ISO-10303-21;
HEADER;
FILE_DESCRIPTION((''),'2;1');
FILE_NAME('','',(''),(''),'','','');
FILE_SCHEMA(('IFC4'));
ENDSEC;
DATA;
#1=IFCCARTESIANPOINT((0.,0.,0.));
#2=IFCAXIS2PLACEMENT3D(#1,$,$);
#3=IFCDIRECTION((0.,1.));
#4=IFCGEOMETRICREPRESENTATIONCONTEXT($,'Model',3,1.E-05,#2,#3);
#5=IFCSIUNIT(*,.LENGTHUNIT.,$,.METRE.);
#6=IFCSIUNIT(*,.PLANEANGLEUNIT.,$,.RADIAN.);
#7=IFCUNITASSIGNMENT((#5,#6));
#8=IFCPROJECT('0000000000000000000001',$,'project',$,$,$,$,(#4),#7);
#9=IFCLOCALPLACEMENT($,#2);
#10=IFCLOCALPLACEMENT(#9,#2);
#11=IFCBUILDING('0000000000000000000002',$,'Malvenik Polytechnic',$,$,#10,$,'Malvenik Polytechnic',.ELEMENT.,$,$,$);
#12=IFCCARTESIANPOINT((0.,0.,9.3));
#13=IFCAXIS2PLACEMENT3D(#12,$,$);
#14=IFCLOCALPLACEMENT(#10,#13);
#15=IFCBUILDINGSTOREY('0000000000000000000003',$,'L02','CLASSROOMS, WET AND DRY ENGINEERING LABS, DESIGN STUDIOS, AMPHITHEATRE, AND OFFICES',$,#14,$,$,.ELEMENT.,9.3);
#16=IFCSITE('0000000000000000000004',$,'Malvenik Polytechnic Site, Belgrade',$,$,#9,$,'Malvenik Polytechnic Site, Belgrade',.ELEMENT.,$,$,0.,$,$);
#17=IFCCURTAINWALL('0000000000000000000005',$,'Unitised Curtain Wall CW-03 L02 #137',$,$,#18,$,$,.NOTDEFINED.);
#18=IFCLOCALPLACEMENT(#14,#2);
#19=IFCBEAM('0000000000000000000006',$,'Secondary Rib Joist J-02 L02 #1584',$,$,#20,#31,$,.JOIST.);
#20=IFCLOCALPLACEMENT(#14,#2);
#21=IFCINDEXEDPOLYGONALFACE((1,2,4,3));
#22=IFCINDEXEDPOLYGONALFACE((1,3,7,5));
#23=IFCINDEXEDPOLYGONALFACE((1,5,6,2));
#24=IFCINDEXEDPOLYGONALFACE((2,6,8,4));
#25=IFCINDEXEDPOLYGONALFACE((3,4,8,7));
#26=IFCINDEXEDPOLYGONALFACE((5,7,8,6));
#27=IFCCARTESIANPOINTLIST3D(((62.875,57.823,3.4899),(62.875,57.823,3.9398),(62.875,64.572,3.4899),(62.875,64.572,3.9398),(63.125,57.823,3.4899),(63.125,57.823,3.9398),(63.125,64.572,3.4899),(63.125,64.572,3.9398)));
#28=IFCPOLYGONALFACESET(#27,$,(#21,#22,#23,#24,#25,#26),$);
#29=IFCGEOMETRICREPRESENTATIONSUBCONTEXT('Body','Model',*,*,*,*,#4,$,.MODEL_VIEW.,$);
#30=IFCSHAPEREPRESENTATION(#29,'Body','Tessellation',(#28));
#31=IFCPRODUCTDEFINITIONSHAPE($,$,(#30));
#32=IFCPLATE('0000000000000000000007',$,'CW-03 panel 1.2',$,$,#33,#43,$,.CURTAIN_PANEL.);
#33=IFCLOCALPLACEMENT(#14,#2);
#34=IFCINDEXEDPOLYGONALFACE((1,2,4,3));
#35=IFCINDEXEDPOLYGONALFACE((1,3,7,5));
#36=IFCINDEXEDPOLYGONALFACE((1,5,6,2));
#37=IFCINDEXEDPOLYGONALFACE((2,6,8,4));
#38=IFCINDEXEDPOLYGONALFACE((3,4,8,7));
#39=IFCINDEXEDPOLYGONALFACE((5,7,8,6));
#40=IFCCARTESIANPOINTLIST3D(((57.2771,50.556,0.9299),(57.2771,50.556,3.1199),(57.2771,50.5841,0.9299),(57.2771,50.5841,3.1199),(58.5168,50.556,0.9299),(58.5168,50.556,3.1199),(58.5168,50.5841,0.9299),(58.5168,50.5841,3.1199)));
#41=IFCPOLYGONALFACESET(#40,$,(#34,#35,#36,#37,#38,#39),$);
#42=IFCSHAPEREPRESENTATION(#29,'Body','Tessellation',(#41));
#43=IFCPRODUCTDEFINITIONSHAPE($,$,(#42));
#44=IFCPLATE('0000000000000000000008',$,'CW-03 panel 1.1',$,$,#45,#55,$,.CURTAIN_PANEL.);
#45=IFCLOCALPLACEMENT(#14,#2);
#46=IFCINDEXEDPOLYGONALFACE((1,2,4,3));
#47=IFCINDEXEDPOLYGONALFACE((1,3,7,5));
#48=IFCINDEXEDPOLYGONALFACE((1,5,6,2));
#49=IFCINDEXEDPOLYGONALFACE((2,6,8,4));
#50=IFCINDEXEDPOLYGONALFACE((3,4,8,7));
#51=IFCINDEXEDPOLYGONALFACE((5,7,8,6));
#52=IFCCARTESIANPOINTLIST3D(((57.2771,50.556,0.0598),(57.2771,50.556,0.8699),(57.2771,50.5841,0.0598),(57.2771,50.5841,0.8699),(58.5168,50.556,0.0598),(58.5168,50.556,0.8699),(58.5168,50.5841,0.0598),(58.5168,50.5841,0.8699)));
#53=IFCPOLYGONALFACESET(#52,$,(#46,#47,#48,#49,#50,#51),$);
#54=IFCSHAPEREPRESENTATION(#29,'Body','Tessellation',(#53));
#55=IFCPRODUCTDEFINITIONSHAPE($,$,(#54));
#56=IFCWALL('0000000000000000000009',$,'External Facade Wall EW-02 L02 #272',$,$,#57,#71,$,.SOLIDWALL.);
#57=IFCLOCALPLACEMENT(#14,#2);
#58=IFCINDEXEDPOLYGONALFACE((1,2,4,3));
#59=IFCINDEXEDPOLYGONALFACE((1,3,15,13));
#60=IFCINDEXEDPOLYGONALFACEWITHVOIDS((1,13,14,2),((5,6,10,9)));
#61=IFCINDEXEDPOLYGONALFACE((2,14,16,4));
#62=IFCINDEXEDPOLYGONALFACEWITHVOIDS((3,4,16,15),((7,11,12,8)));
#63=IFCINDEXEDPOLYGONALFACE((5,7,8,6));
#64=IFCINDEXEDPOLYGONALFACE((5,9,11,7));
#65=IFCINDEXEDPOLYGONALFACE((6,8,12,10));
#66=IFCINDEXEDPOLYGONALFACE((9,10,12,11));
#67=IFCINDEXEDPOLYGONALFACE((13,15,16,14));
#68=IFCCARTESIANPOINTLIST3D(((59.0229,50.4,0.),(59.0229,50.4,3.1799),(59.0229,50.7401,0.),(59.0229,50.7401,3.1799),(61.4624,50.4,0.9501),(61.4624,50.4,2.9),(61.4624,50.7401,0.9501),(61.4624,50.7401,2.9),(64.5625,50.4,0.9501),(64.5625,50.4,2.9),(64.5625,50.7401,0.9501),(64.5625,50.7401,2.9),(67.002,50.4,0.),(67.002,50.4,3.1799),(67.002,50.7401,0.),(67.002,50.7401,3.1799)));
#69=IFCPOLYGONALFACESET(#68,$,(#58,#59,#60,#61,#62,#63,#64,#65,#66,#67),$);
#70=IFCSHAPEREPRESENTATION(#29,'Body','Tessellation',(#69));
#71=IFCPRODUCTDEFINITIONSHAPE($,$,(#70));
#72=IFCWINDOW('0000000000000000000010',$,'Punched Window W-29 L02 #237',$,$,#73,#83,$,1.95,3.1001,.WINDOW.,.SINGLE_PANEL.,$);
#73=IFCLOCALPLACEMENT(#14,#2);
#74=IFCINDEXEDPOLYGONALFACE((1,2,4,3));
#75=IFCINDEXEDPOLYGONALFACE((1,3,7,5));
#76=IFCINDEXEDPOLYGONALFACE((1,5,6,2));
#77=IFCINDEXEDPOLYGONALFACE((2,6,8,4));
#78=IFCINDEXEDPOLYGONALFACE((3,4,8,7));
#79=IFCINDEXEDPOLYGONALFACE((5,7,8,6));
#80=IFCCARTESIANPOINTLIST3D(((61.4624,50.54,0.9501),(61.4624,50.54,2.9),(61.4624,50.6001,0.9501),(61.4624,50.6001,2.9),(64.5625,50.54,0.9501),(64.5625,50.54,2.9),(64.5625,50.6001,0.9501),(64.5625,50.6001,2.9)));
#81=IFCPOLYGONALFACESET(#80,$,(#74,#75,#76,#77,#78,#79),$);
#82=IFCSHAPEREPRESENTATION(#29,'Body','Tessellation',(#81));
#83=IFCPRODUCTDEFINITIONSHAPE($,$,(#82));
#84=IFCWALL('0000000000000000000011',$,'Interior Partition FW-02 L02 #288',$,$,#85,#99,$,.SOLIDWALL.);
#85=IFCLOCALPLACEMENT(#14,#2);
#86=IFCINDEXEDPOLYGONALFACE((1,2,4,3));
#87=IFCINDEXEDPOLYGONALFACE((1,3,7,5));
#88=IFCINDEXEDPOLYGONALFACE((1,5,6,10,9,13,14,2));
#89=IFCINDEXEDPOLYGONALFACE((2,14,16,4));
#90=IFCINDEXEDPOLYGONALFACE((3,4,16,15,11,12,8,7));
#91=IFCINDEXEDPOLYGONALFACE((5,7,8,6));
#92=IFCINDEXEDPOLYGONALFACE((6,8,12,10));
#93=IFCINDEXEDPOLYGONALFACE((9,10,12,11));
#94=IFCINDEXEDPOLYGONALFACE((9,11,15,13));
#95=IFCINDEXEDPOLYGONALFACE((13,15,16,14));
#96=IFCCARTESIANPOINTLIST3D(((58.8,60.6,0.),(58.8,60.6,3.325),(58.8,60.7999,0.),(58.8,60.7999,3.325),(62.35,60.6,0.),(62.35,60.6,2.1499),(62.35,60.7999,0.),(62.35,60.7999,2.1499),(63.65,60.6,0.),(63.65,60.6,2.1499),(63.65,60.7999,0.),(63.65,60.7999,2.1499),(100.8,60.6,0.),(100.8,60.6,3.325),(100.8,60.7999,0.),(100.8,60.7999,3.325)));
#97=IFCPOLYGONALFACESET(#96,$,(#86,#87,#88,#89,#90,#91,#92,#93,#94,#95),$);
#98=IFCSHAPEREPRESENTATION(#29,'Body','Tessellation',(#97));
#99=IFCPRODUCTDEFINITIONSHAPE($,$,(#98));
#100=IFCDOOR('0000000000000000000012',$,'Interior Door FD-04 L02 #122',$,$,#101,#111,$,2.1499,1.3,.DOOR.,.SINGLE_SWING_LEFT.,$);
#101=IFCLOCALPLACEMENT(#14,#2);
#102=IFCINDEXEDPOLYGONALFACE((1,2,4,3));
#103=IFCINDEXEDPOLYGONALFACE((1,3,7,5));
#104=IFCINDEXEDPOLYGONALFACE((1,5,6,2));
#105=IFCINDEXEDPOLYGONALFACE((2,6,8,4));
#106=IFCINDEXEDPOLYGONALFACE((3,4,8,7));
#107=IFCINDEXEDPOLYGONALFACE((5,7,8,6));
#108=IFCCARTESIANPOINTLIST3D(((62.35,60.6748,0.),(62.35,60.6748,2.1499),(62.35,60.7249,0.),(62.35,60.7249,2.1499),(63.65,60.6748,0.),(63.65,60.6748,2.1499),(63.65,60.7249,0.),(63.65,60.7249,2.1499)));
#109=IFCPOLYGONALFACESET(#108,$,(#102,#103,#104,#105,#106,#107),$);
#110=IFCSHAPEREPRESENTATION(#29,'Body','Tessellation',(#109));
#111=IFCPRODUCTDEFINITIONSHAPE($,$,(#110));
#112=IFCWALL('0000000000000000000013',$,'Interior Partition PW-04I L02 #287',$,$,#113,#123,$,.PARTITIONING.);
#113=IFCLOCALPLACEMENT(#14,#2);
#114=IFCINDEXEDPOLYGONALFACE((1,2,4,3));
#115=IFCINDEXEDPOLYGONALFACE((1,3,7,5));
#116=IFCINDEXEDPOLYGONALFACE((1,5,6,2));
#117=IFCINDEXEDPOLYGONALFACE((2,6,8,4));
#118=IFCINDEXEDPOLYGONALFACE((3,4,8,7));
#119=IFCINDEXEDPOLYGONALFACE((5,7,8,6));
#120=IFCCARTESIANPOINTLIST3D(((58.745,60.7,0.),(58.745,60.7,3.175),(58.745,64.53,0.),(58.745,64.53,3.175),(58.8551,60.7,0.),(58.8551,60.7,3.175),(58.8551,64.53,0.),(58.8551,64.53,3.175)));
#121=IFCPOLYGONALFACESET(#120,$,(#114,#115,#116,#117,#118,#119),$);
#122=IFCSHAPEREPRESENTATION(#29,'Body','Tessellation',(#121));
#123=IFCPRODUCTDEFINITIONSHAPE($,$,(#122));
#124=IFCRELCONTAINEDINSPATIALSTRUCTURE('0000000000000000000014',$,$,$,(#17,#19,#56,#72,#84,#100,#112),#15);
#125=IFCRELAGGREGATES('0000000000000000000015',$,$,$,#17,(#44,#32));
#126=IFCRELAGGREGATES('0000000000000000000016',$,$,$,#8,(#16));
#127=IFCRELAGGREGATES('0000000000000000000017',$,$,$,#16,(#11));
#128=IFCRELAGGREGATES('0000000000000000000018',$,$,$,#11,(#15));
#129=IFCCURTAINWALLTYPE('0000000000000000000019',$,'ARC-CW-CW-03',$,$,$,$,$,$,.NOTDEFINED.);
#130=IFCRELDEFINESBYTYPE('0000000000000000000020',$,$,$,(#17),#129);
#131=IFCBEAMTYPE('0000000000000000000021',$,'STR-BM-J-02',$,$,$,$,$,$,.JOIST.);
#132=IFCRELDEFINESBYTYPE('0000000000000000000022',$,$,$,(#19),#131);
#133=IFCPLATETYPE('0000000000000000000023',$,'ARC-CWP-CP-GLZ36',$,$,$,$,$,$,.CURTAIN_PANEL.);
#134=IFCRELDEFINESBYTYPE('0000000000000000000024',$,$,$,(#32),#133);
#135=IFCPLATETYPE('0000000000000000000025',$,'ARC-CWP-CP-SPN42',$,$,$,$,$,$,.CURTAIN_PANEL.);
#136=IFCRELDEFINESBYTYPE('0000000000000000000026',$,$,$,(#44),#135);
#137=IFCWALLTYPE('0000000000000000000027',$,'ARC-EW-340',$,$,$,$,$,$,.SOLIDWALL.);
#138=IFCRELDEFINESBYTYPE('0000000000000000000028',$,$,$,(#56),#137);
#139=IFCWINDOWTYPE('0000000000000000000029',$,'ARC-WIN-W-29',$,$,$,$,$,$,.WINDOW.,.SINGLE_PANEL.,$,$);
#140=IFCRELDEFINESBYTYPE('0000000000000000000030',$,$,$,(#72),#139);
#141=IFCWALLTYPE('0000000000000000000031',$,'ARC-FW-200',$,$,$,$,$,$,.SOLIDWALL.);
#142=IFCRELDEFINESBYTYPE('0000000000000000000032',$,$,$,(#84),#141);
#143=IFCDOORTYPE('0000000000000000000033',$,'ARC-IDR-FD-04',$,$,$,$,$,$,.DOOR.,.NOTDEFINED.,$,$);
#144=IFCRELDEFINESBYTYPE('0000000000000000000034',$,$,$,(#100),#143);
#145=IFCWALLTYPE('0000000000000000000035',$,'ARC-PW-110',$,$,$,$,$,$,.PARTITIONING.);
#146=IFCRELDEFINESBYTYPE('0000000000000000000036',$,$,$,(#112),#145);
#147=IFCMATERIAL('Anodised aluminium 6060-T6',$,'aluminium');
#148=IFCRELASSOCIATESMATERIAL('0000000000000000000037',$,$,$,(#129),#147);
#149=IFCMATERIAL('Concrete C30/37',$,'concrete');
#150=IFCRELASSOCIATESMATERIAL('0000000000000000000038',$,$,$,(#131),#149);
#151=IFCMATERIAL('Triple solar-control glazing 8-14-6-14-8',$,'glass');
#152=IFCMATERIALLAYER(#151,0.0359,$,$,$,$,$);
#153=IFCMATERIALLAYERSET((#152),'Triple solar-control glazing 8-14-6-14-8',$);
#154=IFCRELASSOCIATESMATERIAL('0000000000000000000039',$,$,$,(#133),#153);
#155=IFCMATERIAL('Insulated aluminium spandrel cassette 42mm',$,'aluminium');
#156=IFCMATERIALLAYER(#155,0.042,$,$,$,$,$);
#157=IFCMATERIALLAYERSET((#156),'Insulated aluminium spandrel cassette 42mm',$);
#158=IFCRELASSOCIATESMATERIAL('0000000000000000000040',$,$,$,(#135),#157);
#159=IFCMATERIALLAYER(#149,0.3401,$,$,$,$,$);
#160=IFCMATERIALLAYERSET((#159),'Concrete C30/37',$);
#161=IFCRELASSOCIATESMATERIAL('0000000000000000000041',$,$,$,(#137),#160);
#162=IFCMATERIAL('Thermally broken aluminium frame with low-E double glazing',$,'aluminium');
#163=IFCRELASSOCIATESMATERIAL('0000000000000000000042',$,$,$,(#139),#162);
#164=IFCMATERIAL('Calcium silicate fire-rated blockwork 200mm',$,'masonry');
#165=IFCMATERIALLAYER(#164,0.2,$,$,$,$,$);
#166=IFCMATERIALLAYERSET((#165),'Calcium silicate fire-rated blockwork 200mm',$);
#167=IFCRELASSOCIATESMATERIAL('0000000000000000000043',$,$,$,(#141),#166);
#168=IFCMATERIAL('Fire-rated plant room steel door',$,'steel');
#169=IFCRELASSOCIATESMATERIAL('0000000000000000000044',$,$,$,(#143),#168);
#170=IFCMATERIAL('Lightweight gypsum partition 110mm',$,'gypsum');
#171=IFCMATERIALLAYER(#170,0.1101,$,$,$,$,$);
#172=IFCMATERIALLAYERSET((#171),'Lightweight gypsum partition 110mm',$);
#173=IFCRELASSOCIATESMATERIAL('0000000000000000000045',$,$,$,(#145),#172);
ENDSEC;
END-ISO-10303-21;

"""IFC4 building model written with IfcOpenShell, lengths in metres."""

from ifc_helpers import new_model, si_unit, direction, frame, frame_2d, origin, origin_2d, place, context, subcontext, project, spatial, rectangle, extrude, material, layer, layer_set, material_profile, profile_set, type_object, element, fill, aggregate, save


model = new_model("IFC4")

# Units and contexts
model_context = context("Model", 3, precision=1e-05, world=origin(), true_north=direction((0.0, 1.0)))
body_context = subcontext(model_context, "Body", "Model", "MODEL_VIEW")
ifc_project = project(units=[si_unit("LENGTHUNIT", "METRE"), si_unit("PLANEANGLEUNIT", "RADIAN")], contexts=[model_context])

# Site, building, storey
site_placement = place(None, origin())
site = spatial("IfcSite", under=ifc_project, at=site_placement, Name="Malvenik Polytechnic Site, Belgrade", LongName="Malvenik Polytechnic Site, Belgrade", CompositionType="ELEMENT", RefElevation=0.0)
building_placement = place(site_placement, origin())
building = spatial("IfcBuilding", under=site, at=building_placement, Name="Malvenik Polytechnic", LongName="Malvenik Polytechnic", CompositionType="ELEMENT")
storey_placement = place(building_placement, frame((0.0, 0.0, 9.3)))
storey = spatial("IfcBuildingStorey", under=building, at=storey_placement, Name="L02", Description="CLASSROOMS, WET AND DRY ENGINEERING LABS, DESIGN STUDIOS, AMPHITHEATRE, AND OFFICES", CompositionType="ELEMENT", Elevation=9.3)

# Curtain wall
ifc_material_1 = material(Name="Anodised aluminium 6060-T6", Category="aluminium")
curtain_wall_type = type_object("IfcCurtainWallType", Name="ARC-CW-CW-03", PredefinedType="NOTDEFINED", material=ifc_material_1)
curtain_wall_placement = place(storey_placement, origin())
curtain_wall = element("IfcCurtainWall", 1, at=curtain_wall_placement, inside=storey, type_object=curtain_wall_type, Name="Unitised Curtain Wall CW-03 L02 #137", PredefinedType="NOTDEFINED")

# Beam
ifc_material_2 = material(Name="Concrete C30/37", Category="concrete")
ifc_material_profile_1 = material_profile(ifc_material_2, rectangle(XDim=0.25, YDim=0.45, at=origin_2d()), Name="RC JST 250x450")
ifc_profile_set_1 = profile_set([ifc_material_profile_1], Name="Concrete C30/37")
beam_type_1 = type_object("IfcBeamType", Name="STR-BM-J-02", PredefinedType="JOIST", material=ifc_profile_set_1)
for number, where, z_axis, x_axis, name in (
    (2, (63.0, 57.823, 3.7148), (0.0, 1.0, 0.0), (-1.0, 0.0, 0.0), "Secondary Rib Joist J-02 L02 #1584"),
):
    element("IfcBeam", number, at=place(storey_placement, frame(where, z_axis=z_axis, x_axis=x_axis)), inside=storey, type_object=beam_type_1, Name=name, PredefinedType="JOIST", context=body_context, shape_type="SweptSolid", body=[
        extrude(rectangle(XDim=0.25, YDim=0.45, at=origin_2d()), origin(), (0.0, 0.0, 1.0), 6.749),
    ])

# Plates
ifc_material_3 = material(Name="Triple solar-control glazing 8-14-6-14-8", Category="glass")
ifc_layer_1 = layer(ifc_material_3, 0.0359)
ifc_layer_set_1 = layer_set([ifc_layer_1], Name="Triple solar-control glazing 8-14-6-14-8")
plate_type_1 = type_object("IfcPlateType", Name="ARC-CWP-CP-GLZ36", PredefinedType="CURTAIN_PANEL", material=ifc_layer_set_1)
plate_1_placement = place(storey_placement, frame((57.897, 50.5701, 0.9299), z_axis=(0.0, 0.0, 1.0), x_axis=(-1.0, 0.0, 0.0)))
plate_1 = element("IfcPlate", 3, at=plate_1_placement, type_object=plate_type_1, Name="CW-03 panel 1.2", PredefinedType="CURTAIN_PANEL", context=body_context, shape_type="SweptSolid", body=[
    extrude(rectangle(XDim=1.2397, YDim=0.0281, at=origin_2d()), origin(), (0.0, 0.0, 1.0), 2.1899),
])
ifc_material_4 = material(Name="Insulated aluminium spandrel cassette 42mm", Category="aluminium")
ifc_layer_2 = layer(ifc_material_4, 0.042)
ifc_layer_set_2 = layer_set([ifc_layer_2], Name="Insulated aluminium spandrel cassette 42mm")
plate_type_2 = type_object("IfcPlateType", Name="ARC-CWP-CP-SPN42", PredefinedType="CURTAIN_PANEL", material=ifc_layer_set_2)
plate_2_placement = place(storey_placement, frame((57.897, 50.5701, 0.0598), z_axis=(0.0, 0.0, 1.0), x_axis=(-1.0, 0.0, 0.0)))
plate_2 = element("IfcPlate", 4, at=plate_2_placement, type_object=plate_type_2, Name="CW-03 panel 1.1", PredefinedType="CURTAIN_PANEL", context=body_context, shape_type="SweptSolid", body=[
    extrude(rectangle(XDim=1.2397, YDim=0.0281, at=origin_2d()), origin(), (0.0, 0.0, 1.0), 0.8101),
])
aggregate(curtain_wall, [plate_2, plate_1])

# Wall, opening, window
ifc_layer_3 = layer(ifc_material_2, 0.3401)
ifc_layer_set_3 = layer_set([ifc_layer_3], Name="Concrete C30/37")
wall_type_1 = type_object("IfcWallType", Name="ARC-EW-340", PredefinedType="SOLIDWALL", material=ifc_layer_set_3)
wall_1_placement = place(storey_placement, frame((67.002, 50.5701, 0.0), z_axis=(0.0, 0.0, 1.0), x_axis=(-1.0, 0.0, 0.0)))
wall_1 = element("IfcWall", 5, at=wall_1_placement, inside=storey, type_object=wall_type_1, Name="External Facade Wall EW-02 L02 #272", PredefinedType="SOLIDWALL", context=body_context, shape_type="SweptSolid", body=[
    extrude(rectangle(XDim=7.979, YDim=0.3401, at=frame_2d((3.9895, 0.0))), origin(), (0.0, 0.0, 1.0), 3.1799),
])
opening_1_placement = place(wall_1_placement, frame((2.4395, 0.0, 0.95)))
opening_1 = element("IfcOpeningElement", 6, at=opening_1_placement, cuts=wall_1, PredefinedType="OPENING", context=body_context, shape_type="SweptSolid", body=[
    extrude(rectangle(XDim=3.1001, YDim=1.95, at=frame_2d((1.55, 0.9751))), frame((0.0, 0.1802, 0.0), z_axis=(0.0, -1.0, 0.0), x_axis=(1.0, 0.0, 0.0)), (0.0, 0.0, 1.0), 0.3601),
])
ifc_material_5 = material(Name="Thermally broken aluminium frame with low-E double glazing", Category="aluminium")
window_type = type_object("IfcWindowType", Name="ARC-WIN-W-29", PartitioningType="SINGLE_PANEL", PredefinedType="WINDOW", material=ifc_material_5)
window_placement = place(opening_1_placement, origin())
window = element("IfcWindow", 7, at=window_placement, inside=storey, type_object=window_type, Name="Punched Window W-29 L02 #237", OverallHeight=1.95, OverallWidth=3.1001, PartitioningType="SINGLE_PANEL", PredefinedType="WINDOW", context=body_context, shape_type="SweptSolid", body=[
    extrude(rectangle(XDim=3.1001, YDim=1.95, at=frame_2d((1.55, 0.9751))), frame((0.0, 0.03, 0.0), z_axis=(0.0, -1.0, 0.0), x_axis=(1.0, 0.0, 0.0)), (0.0, 0.0, 1.0), 0.0601),
])
fill(opening_1, window)

# Wall, opening, door
ifc_material_6 = material(Name="Calcium silicate fire-rated blockwork 200mm", Category="masonry")
ifc_layer_4 = layer(ifc_material_6, 0.2)
ifc_layer_set_4 = layer_set([ifc_layer_4], Name="Calcium silicate fire-rated blockwork 200mm")
wall_type_2 = type_object("IfcWallType", Name="ARC-FW-200", PredefinedType="SOLIDWALL", material=ifc_layer_set_4)
wall_2_placement = place(storey_placement, frame((58.8, 60.7, 0.0), z_axis=(0.0, 0.0, 1.0), x_axis=(1.0, 0.0, 0.0)))
wall_2 = element("IfcWall", 8, at=wall_2_placement, inside=storey, type_object=wall_type_2, Name="Interior Partition FW-02 L02 #288", PredefinedType="SOLIDWALL", context=body_context, shape_type="SweptSolid", body=[
    extrude(rectangle(XDim=42.0, YDim=0.2, at=frame_2d((21.0, 0.0))), origin(), (0.0, 0.0, 1.0), 3.325),
])
opening_2_placement = place(wall_2_placement, frame((3.55, 0.0, 0.0)))
opening_2 = element("IfcOpeningElement", 9, at=opening_2_placement, cuts=wall_2, PredefinedType="OPENING", context=body_context, shape_type="SweptSolid", body=[
    extrude(rectangle(XDim=1.3, YDim=2.1499, at=frame_2d((0.6499, 1.075))), frame((0.0, 0.1099, 0.0), z_axis=(0.0, -1.0, 0.0), x_axis=(1.0, 0.0, 0.0)), (0.0, 0.0, 1.0), 0.22),
])
ifc_material_7 = material(Name="Fire-rated plant room steel door", Category="steel")
door_type = type_object("IfcDoorType", Name="ARC-IDR-FD-04", OperationType="NOTDEFINED", PredefinedType="DOOR", material=ifc_material_7)
door_placement = place(opening_2_placement, origin())
door = element("IfcDoor", 10, at=door_placement, inside=storey, type_object=door_type, Name="Interior Door FD-04 L02 #122", OperationType="SINGLE_SWING_LEFT", OverallHeight=2.1499, OverallWidth=1.3, PredefinedType="DOOR", context=body_context, shape_type="SweptSolid", body=[
    extrude(rectangle(XDim=1.3, YDim=2.1499, at=frame_2d((0.6499, 1.075))), frame((0.0, 0.0249, 0.0), z_axis=(0.0, -1.0, 0.0), x_axis=(1.0, 0.0, 0.0)), (0.0, 0.0, 1.0), 0.05),
])
fill(opening_2, door)

# Wall
ifc_material_8 = material(Name="Lightweight gypsum partition 110mm", Category="gypsum")
ifc_layer_5 = layer(ifc_material_8, 0.1101)
ifc_layer_set_5 = layer_set([ifc_layer_5], Name="Lightweight gypsum partition 110mm")
wall_type_3 = type_object("IfcWallType", Name="ARC-PW-110", PredefinedType="PARTITIONING", material=ifc_layer_set_5)
wall_3_placement = place(storey_placement, frame((58.8, 60.7, 0.0), z_axis=(0.0, 0.0, 1.0), x_axis=(0.0, 1.0, 0.0)))
element("IfcWall", 11, at=wall_3_placement, inside=storey, type_object=wall_type_3, Name="Interior Partition PW-04I L02 #287", PredefinedType="PARTITIONING", context=body_context, shape_type="SweptSolid", body=[
    extrude(rectangle(XDim=3.8301, YDim=0.1101, at=frame_2d((1.915, 0.0))), origin(), (0.0, 0.0, 1.0), 3.175),
])

save(model, "model.ifc")
